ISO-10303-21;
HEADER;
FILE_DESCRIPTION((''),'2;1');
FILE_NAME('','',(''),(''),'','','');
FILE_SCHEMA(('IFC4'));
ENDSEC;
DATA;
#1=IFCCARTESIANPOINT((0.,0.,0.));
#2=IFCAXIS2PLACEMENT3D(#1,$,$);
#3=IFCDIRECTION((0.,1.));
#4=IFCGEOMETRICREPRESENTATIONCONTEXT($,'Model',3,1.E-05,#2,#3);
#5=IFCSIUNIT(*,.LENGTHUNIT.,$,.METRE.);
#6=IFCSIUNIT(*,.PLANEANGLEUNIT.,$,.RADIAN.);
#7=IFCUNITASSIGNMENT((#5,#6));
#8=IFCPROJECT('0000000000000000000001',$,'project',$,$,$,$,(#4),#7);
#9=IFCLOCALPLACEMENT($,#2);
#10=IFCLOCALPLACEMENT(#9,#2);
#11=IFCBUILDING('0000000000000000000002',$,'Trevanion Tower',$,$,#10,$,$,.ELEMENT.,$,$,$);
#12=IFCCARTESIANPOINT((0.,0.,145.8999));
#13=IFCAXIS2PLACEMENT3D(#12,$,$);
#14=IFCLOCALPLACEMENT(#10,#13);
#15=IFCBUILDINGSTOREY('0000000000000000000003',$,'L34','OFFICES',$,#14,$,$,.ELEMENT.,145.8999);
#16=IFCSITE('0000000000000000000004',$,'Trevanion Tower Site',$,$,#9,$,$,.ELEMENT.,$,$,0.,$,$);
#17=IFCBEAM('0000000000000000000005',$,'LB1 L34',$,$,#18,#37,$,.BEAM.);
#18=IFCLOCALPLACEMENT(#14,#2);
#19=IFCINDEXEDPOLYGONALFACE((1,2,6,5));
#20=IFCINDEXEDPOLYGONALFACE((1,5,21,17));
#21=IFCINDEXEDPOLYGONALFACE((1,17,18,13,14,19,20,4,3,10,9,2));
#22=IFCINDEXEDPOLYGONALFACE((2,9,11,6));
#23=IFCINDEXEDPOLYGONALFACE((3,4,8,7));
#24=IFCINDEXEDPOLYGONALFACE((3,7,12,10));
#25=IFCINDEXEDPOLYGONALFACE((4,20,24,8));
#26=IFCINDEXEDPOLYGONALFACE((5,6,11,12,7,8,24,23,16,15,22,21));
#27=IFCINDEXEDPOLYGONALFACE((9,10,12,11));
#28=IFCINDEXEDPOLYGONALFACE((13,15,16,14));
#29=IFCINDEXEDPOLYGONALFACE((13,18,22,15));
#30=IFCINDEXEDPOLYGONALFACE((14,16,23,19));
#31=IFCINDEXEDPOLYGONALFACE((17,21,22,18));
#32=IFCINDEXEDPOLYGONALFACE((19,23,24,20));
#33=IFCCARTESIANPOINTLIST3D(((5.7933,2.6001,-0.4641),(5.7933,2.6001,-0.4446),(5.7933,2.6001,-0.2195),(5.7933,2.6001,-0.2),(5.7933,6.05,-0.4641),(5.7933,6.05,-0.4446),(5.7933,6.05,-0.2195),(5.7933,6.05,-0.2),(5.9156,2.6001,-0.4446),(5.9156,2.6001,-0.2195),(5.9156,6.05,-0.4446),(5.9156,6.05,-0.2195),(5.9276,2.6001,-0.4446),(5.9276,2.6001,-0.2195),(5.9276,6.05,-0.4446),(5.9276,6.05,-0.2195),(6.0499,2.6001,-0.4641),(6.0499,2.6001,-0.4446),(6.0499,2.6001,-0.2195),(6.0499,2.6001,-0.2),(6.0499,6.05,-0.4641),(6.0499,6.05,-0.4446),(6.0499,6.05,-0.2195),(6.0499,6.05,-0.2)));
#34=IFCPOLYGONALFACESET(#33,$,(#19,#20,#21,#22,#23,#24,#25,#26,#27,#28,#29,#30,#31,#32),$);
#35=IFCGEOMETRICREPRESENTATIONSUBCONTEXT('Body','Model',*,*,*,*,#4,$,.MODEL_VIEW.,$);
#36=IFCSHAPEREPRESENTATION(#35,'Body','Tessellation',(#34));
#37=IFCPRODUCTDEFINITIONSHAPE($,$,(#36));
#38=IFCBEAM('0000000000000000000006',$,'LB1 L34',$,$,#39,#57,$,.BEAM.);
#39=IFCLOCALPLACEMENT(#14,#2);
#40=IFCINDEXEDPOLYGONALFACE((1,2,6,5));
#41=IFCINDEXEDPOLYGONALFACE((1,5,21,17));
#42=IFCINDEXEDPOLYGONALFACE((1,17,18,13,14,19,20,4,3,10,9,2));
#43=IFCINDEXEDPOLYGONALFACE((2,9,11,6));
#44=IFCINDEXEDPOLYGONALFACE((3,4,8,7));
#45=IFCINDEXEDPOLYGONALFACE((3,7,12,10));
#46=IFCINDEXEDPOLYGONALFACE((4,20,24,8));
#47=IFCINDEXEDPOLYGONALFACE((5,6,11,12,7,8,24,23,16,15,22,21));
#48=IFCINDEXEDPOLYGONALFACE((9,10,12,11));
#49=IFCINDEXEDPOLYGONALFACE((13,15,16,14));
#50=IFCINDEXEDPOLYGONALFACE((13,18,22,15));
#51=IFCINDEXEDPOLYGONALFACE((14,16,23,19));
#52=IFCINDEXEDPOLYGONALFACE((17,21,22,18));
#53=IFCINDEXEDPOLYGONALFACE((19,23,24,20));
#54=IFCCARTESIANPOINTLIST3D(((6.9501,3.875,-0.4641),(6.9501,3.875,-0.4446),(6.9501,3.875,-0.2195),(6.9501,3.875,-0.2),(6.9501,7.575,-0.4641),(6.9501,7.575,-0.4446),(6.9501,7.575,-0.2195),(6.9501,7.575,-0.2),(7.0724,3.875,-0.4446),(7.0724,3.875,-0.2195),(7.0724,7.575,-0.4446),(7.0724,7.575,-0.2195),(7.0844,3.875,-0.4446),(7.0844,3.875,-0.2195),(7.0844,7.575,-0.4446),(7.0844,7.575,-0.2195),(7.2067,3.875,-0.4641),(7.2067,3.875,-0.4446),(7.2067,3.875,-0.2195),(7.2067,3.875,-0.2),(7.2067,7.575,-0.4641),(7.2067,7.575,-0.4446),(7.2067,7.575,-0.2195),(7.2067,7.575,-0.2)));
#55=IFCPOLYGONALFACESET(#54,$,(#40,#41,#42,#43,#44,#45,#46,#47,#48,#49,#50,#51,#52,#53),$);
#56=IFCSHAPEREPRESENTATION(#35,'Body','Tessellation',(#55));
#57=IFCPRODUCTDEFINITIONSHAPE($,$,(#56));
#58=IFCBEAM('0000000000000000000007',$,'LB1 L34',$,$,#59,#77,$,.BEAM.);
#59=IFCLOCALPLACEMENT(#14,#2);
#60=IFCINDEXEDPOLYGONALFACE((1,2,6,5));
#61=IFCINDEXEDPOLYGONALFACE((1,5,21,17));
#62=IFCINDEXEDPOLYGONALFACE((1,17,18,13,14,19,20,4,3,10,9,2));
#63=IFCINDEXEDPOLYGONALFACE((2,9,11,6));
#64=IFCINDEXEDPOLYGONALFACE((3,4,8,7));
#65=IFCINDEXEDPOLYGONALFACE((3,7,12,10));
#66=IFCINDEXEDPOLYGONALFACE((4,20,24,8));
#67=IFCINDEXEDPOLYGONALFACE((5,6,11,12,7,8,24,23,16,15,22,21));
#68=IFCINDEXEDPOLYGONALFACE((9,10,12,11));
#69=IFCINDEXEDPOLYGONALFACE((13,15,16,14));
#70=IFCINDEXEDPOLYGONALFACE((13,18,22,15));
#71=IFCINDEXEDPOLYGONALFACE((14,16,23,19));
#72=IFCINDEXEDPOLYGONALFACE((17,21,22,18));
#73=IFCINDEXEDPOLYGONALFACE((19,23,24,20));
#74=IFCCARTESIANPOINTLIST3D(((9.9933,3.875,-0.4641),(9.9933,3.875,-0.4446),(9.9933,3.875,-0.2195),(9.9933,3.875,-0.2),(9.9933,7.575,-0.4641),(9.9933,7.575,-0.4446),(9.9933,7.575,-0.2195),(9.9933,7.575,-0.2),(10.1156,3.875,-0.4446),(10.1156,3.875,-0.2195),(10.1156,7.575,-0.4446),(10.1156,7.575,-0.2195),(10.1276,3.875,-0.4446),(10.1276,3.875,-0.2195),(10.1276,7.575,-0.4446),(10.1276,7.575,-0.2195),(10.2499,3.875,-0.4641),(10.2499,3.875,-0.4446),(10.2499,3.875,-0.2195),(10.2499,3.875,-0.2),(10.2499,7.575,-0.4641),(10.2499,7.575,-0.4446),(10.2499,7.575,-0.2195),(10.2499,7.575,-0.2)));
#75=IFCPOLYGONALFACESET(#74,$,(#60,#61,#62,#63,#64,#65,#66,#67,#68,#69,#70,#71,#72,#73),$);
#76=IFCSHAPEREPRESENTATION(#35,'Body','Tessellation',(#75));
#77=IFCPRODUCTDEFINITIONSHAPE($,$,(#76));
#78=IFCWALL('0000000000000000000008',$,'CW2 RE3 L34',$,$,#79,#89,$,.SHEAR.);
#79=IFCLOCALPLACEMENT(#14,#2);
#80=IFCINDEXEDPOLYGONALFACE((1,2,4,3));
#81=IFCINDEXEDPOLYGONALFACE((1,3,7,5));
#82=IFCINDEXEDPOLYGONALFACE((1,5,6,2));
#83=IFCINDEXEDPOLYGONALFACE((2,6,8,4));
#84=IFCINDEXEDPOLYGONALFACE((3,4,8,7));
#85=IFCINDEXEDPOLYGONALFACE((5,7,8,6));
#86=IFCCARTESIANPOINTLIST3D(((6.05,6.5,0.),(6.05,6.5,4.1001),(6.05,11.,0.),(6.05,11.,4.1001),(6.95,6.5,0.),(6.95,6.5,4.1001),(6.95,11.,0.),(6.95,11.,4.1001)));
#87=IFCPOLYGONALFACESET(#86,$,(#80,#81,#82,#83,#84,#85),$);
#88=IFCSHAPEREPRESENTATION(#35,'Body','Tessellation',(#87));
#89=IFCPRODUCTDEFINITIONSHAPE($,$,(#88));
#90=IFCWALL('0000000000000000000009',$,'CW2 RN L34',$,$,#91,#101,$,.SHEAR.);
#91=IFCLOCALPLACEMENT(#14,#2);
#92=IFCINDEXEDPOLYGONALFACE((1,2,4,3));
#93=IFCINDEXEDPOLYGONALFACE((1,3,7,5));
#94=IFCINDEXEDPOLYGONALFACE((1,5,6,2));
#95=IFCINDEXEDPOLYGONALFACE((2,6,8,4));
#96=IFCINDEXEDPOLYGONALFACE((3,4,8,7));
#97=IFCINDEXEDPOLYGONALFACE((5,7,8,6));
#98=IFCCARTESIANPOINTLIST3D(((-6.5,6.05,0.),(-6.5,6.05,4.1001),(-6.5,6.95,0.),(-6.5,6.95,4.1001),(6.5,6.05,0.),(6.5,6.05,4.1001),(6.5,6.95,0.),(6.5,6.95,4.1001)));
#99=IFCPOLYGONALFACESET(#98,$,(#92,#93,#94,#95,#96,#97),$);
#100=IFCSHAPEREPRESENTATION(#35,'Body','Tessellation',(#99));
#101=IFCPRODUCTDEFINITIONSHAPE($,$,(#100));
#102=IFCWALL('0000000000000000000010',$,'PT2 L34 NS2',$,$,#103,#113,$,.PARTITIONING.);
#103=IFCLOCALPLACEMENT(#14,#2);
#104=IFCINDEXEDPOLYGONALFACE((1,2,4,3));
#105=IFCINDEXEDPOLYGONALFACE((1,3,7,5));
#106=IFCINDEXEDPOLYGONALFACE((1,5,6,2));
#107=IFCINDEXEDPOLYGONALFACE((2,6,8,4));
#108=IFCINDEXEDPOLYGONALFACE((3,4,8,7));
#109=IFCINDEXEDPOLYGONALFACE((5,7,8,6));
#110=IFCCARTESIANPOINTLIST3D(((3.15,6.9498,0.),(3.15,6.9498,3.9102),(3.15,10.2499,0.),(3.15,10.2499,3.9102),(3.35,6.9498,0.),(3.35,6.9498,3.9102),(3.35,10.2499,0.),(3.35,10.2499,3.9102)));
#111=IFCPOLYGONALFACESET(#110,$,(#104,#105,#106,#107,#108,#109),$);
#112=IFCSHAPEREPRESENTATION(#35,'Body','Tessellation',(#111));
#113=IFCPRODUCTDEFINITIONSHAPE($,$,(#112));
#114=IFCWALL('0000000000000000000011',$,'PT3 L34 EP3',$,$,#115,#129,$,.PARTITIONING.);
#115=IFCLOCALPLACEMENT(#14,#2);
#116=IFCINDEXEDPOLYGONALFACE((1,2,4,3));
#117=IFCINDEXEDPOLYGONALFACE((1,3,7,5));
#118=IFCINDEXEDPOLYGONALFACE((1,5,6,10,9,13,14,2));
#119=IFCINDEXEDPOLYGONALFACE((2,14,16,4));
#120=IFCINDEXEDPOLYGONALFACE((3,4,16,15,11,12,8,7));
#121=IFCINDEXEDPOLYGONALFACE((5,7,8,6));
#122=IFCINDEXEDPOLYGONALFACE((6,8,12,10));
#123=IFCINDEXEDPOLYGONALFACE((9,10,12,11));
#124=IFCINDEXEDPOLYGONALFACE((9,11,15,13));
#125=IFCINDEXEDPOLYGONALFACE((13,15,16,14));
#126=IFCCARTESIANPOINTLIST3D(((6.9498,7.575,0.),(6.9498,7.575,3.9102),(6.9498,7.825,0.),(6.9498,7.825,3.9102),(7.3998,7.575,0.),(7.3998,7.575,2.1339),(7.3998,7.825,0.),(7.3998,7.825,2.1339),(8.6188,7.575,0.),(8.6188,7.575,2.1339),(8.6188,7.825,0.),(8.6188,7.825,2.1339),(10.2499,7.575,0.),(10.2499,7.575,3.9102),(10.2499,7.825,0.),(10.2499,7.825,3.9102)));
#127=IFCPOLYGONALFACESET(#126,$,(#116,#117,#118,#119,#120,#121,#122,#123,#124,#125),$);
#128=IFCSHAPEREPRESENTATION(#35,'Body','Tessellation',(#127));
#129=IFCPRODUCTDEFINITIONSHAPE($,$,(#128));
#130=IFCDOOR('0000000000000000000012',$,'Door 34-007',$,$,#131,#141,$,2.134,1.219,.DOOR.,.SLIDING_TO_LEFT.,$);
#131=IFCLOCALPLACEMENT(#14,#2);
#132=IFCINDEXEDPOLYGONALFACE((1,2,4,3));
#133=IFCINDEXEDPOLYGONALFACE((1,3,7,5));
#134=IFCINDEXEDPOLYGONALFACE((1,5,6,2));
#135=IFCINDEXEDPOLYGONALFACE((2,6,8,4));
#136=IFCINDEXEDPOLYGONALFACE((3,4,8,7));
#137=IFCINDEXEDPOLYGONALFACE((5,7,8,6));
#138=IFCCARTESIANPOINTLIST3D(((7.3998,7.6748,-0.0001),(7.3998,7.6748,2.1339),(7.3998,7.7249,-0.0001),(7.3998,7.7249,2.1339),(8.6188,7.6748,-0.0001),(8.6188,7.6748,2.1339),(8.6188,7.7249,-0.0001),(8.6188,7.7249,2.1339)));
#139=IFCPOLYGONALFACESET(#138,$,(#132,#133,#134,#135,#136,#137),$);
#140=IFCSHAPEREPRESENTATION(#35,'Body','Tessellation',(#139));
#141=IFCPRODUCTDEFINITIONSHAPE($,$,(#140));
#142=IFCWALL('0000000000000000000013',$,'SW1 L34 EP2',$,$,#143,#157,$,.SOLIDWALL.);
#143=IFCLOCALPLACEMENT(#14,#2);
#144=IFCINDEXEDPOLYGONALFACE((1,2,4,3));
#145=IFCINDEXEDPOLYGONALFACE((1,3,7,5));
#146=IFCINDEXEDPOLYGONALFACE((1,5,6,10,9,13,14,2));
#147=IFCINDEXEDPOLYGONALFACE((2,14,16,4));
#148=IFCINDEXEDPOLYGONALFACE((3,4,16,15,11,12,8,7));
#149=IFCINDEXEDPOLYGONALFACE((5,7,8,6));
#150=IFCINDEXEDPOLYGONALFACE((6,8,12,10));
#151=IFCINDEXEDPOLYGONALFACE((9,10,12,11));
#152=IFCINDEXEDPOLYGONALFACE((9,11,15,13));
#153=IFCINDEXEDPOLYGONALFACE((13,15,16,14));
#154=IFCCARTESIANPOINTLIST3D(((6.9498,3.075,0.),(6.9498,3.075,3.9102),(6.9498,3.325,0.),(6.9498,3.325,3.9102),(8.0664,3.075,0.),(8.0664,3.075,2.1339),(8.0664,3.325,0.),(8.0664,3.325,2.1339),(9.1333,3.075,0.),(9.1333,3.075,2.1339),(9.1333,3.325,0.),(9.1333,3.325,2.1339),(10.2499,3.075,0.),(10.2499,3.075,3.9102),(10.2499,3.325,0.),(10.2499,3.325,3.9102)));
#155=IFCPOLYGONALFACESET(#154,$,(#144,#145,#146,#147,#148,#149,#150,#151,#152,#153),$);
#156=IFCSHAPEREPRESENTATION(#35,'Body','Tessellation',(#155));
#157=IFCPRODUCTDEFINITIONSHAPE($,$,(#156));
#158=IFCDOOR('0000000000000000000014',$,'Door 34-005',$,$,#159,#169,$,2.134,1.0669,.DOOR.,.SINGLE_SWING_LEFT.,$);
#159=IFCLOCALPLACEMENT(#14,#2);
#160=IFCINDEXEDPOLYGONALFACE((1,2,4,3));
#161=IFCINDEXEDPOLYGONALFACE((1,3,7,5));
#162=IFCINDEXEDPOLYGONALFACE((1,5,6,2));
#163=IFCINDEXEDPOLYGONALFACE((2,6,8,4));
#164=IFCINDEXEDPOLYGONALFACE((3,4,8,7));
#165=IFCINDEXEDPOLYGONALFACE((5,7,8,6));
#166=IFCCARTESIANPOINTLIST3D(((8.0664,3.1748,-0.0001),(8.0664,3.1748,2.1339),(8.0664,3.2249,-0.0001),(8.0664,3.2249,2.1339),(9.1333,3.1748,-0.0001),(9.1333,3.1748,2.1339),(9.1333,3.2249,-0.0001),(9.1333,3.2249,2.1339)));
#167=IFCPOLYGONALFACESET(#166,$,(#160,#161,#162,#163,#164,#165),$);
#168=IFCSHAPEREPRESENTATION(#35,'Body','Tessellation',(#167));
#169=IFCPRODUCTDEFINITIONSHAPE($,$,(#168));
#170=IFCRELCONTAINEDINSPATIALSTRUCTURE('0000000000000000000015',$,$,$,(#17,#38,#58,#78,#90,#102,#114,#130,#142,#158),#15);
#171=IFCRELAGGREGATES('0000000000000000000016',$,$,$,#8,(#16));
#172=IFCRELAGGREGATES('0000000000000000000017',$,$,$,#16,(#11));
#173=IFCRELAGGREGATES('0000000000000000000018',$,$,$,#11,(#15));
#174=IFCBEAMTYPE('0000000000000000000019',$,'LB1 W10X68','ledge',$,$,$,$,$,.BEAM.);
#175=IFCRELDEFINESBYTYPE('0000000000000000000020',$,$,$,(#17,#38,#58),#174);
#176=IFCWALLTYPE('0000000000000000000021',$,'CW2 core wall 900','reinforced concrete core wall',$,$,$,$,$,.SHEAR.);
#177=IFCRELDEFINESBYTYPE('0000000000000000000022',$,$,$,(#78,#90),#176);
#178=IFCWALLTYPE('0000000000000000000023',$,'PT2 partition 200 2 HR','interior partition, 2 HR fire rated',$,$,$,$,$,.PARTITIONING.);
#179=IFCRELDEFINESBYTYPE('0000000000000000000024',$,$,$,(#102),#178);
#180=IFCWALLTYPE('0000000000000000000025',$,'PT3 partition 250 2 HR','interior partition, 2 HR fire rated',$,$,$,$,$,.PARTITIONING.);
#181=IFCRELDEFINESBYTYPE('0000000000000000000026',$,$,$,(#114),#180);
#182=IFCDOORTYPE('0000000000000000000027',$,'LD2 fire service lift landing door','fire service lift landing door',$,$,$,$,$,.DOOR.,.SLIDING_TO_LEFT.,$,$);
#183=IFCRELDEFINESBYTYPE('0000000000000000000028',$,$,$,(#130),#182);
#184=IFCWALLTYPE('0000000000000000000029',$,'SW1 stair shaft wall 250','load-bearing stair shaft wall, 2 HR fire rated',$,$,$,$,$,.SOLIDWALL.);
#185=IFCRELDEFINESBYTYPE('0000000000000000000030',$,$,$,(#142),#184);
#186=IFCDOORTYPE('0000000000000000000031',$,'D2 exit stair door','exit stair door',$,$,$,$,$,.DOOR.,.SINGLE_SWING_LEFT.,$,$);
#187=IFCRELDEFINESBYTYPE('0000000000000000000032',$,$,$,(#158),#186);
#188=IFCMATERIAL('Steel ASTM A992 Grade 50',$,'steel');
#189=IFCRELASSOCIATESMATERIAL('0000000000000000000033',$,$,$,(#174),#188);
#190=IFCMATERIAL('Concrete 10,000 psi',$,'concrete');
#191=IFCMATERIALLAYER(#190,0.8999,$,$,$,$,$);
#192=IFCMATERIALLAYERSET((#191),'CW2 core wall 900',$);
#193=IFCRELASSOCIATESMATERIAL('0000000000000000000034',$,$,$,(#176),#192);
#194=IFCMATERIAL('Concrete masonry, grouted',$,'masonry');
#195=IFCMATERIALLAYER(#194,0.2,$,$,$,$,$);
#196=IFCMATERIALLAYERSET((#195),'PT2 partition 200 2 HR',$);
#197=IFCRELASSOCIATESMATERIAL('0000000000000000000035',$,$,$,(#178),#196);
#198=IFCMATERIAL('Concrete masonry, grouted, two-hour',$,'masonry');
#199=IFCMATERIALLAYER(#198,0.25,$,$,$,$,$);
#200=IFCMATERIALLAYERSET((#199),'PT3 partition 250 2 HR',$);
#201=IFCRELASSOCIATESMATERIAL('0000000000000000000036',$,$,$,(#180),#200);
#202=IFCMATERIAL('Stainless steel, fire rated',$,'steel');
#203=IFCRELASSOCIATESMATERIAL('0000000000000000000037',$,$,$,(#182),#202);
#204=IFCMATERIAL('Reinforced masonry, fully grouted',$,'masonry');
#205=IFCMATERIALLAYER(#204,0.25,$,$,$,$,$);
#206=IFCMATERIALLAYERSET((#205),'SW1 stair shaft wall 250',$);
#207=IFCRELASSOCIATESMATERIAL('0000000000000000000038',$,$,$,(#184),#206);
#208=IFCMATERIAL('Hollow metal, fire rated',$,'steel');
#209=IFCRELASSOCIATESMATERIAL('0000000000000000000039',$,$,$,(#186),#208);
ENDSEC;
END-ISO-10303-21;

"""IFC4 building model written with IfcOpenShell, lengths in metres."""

from ifc_helpers import new_model, si_unit, direction, frame, frame_2d, origin, origin_2d, place, context, subcontext, project, spatial, rectangle, i_section, extrude, material, layer, layer_set, material_profile, profile_set, type_object, element, fill, save


model = new_model("IFC4")

# Units and contexts
model_context = context("Model", 3, precision=1e-05, world=origin(), true_north=direction((0.0, 1.0)))
body_context = subcontext(model_context, "Body", "Model", "MODEL_VIEW")
ifc_project = project(units=[si_unit("LENGTHUNIT", "METRE"), si_unit("PLANEANGLEUNIT", "RADIAN")], contexts=[model_context])

# Site, building, storey
site_placement = place(None, origin())
site = spatial("IfcSite", under=ifc_project, at=site_placement, Name="Trevanion Tower Site", CompositionType="ELEMENT", RefElevation=0.0)
building_placement = place(site_placement, origin())
building = spatial("IfcBuilding", under=site, at=building_placement, Name="Trevanion Tower", CompositionType="ELEMENT")
storey_placement = place(building_placement, frame((0.0, 0.0, 145.8999)))
storey = spatial("IfcBuildingStorey", under=building, at=storey_placement, Name="L34", Description="OFFICES", CompositionType="ELEMENT", Elevation=145.8999)

# Beams
ifc_material_1 = material(Name="Steel ASTM A992 Grade 50", Category="steel")
ifc_material_profile = material_profile(ifc_material_1, i_section(OverallWidth=0.2566, OverallDepth=0.2642, WebThickness=0.012, FlangeThickness=0.0195, at=origin_2d()), Name="W10X68")
ifc_profile_set = profile_set([ifc_material_profile], Name="Steel ASTM A992 Grade 50")
beam_type = type_object("IfcBeamType", Name="LB1 W10X68", Description="ledge", PredefinedType="BEAM", material=ifc_profile_set)
beam_placement = place(storey_placement, frame((5.9216, 2.6001, -0.332), z_axis=(0.0, 1.0, 0.0), x_axis=(-1.0, 0.0, 0.0)))
element("IfcBeam", 1, at=beam_placement, inside=storey, type_object=beam_type, Name="LB1 L34", PredefinedType="BEAM", context=body_context, shape_type="SweptSolid", body=[
    extrude(i_section(OverallWidth=0.2566, OverallDepth=0.2642, WebThickness=0.012, FlangeThickness=0.0195, at=origin_2d()), origin(), (0.0, 0.0, 1.0), 3.45),
])
for number, where, z_axis, x_axis, name in (
    (2, (7.0784, 3.875, -0.332), (0.0, 1.0, 0.0), (-1.0, 0.0, 0.0), "LB1 L34"),
    (3, (10.1216, 3.875, -0.332), (0.0, 1.0, 0.0), (-1.0, 0.0, 0.0), "LB1 L34"),
):
    element("IfcBeam", number, at=place(storey_placement, frame(where, z_axis=z_axis, x_axis=x_axis)), inside=storey, type_object=beam_type, Name=name, PredefinedType="BEAM", context=body_context, shape_type="SweptSolid", body=[
        extrude(i_section(OverallWidth=0.2566, OverallDepth=0.2642, WebThickness=0.012, FlangeThickness=0.0195, at=origin_2d()), origin(), (0.0, 0.0, 1.0), 3.7),
    ])

# Walls
ifc_material_2 = material(Name="Concrete 10,000 psi", Category="concrete")
ifc_layer_1 = layer(ifc_material_2, 0.8999)
ifc_layer_set_1 = layer_set([ifc_layer_1], Name="CW2 core wall 900")
wall_type_1 = type_object("IfcWallType", Name="CW2 core wall 900", Description="reinforced concrete core wall", PredefinedType="SHEAR", material=ifc_layer_set_1)
wall_1_placement = place(storey_placement, frame((6.5, 6.5, 0.0), z_axis=(0.0, 0.0, 1.0), x_axis=(0.0, 1.0, 0.0)))
element("IfcWall", 4, at=wall_1_placement, inside=storey, type_object=wall_type_1, Name="CW2 RE3 L34", PredefinedType="SHEAR", context=body_context, shape_type="SweptSolid", body=[
    extrude(rectangle(XDim=4.5, YDim=0.8999, at=frame_2d((2.25, 0.0))), origin(), (0.0, 0.0, 1.0), 4.1001),
])
wall_2_placement = place(storey_placement, frame((6.5, 6.5, 0.0), z_axis=(0.0, 0.0, 1.0), x_axis=(-1.0, 0.0, 0.0)))
element("IfcWall", 5, at=wall_2_placement, inside=storey, type_object=wall_type_1, Name="CW2 RN L34", PredefinedType="SHEAR", context=body_context, shape_type="SweptSolid", body=[
    extrude(rectangle(XDim=13.0, YDim=0.8999, at=frame_2d((6.5, 0.0))), origin(), (0.0, 0.0, 1.0), 4.1001),
])
ifc_material_3 = material(Name="Concrete masonry, grouted", Category="masonry")
ifc_layer_2 = layer(ifc_material_3, 0.2)
ifc_layer_set_2 = layer_set([ifc_layer_2], Name="PT2 partition 200 2 HR")
wall_type_2 = type_object("IfcWallType", Name="PT2 partition 200 2 HR", Description="interior partition, 2 HR fire rated", PredefinedType="PARTITIONING", material=ifc_layer_set_2)
wall_3_placement = place(storey_placement, frame((3.25, 6.95, 0.0), z_axis=(0.0, 0.0, 1.0), x_axis=(0.0, 1.0, 0.0)))
element("IfcWall", 6, at=wall_3_placement, inside=storey, type_object=wall_type_2, Name="PT2 L34 NS2", PredefinedType="PARTITIONING", context=body_context, shape_type="SweptSolid", body=[
    extrude(rectangle(XDim=3.3, YDim=0.2, at=frame_2d((1.6499, 0.0))), origin(), (0.0, 0.0, 1.0), 3.9102),
])

# Walls, openings, doors
ifc_material_4 = material(Name="Concrete masonry, grouted, two-hour", Category="masonry")
ifc_layer_3 = layer(ifc_material_4, 0.25)
ifc_layer_set_3 = layer_set([ifc_layer_3], Name="PT3 partition 250 2 HR")
wall_type_3 = type_object("IfcWallType", Name="PT3 partition 250 2 HR", Description="interior partition, 2 HR fire rated", PredefinedType="PARTITIONING", material=ifc_layer_set_3)
wall_4_placement = place(storey_placement, frame((6.95, 7.7, 0.0), z_axis=(0.0, 0.0, 1.0), x_axis=(1.0, 0.0, 0.0)))
wall_4 = element("IfcWall", 7, at=wall_4_placement, inside=storey, type_object=wall_type_3, Name="PT3 L34 EP3", PredefinedType="PARTITIONING", context=body_context, shape_type="SweptSolid", body=[
    extrude(rectangle(XDim=3.3, YDim=0.25, at=frame_2d((1.6499, 0.0))), origin(), (0.0, 0.0, 1.0), 3.9102),
])
opening_1_placement = place(wall_4_placement, frame((0.45, 0.0, 0.0)))
opening_1 = element("IfcOpeningElement", 8, at=opening_1_placement, cuts=wall_4, PredefinedType="OPENING", context=body_context, shape_type="SweptSolid", body=[
    extrude(rectangle(XDim=1.219, YDim=2.134, at=frame_2d((0.6094, 1.0669))), frame((0.0, 0.135, 0.0), z_axis=(0.0, -1.0, 0.0), x_axis=(1.0, 0.0, 0.0)), (0.0, 0.0, 1.0), 0.27),
])
ifc_material_5 = material(Name="Stainless steel, fire rated", Category="steel")
door_type_1 = type_object("IfcDoorType", Name="LD2 fire service lift landing door", Description="fire service lift landing door", OperationType="SLIDING_TO_LEFT", PredefinedType="DOOR", material=ifc_material_5)
door_1_placement = place(opening_1_placement, origin())
door_1 = element("IfcDoor", 9, at=door_1_placement, inside=storey, type_object=door_type_1, Name="Door 34-007", OperationType="SLIDING_TO_LEFT", OverallHeight=2.134, OverallWidth=1.219, PredefinedType="DOOR", context=body_context, shape_type="SweptSolid", body=[
    extrude(rectangle(XDim=1.219, YDim=2.134, at=frame_2d((0.6094, 1.0669))), frame((0.0, 0.0249, 0.0), z_axis=(0.0, -1.0, 0.0), x_axis=(1.0, 0.0, 0.0)), (0.0, 0.0, 1.0), 0.05),
])
fill(opening_1, door_1)
ifc_material_6 = material(Name="Reinforced masonry, fully grouted", Category="masonry")
ifc_layer_4 = layer(ifc_material_6, 0.25)
ifc_layer_set_4 = layer_set([ifc_layer_4], Name="SW1 stair shaft wall 250")
wall_type_4 = type_object("IfcWallType", Name="SW1 stair shaft wall 250", Description="load-bearing stair shaft wall, 2 HR fire rated", PredefinedType="SOLIDWALL", material=ifc_layer_set_4)
wall_5_placement = place(storey_placement, frame((6.95, 3.2, 0.0), z_axis=(0.0, 0.0, 1.0), x_axis=(1.0, 0.0, 0.0)))
wall_5 = element("IfcWall", 10, at=wall_5_placement, inside=storey, type_object=wall_type_4, Name="SW1 L34 EP2", PredefinedType="SOLIDWALL", context=body_context, shape_type="SweptSolid", body=[
    extrude(rectangle(XDim=3.3, YDim=0.25, at=frame_2d((1.6499, 0.0))), origin(), (0.0, 0.0, 1.0), 3.9102),
])
opening_2_placement = place(wall_5_placement, frame((1.1165, 0.0, 0.0)))
opening_2 = element("IfcOpeningElement", 11, at=opening_2_placement, cuts=wall_5, PredefinedType="OPENING", context=body_context, shape_type="SweptSolid", body=[
    extrude(rectangle(XDim=1.0669, YDim=2.134, at=frame_2d((0.5334, 1.0669))), frame((0.0, 0.135, 0.0), z_axis=(0.0, -1.0, 0.0), x_axis=(1.0, 0.0, 0.0)), (0.0, 0.0, 1.0), 0.27),
])
ifc_material_7 = material(Name="Hollow metal, fire rated", Category="steel")
door_type_2 = type_object("IfcDoorType", Name="D2 exit stair door", Description="exit stair door", OperationType="SINGLE_SWING_LEFT", PredefinedType="DOOR", material=ifc_material_7)
door_2_placement = place(opening_2_placement, origin())
door_2 = element("IfcDoor", 12, at=door_2_placement, inside=storey, type_object=door_type_2, Name="Door 34-005", OperationType="SINGLE_SWING_LEFT", OverallHeight=2.134, OverallWidth=1.0669, PredefinedType="DOOR", context=body_context, shape_type="SweptSolid", body=[
    extrude(rectangle(XDim=1.0669, YDim=2.134, at=frame_2d((0.5334, 1.0669))), frame((0.0, 0.0249, 0.0), z_axis=(0.0, -1.0, 0.0), x_axis=(1.0, 0.0, 0.0)), (0.0, 0.0, 1.0), 0.05),
])
fill(opening_2, door_2)

save(model, "model.ifc")
